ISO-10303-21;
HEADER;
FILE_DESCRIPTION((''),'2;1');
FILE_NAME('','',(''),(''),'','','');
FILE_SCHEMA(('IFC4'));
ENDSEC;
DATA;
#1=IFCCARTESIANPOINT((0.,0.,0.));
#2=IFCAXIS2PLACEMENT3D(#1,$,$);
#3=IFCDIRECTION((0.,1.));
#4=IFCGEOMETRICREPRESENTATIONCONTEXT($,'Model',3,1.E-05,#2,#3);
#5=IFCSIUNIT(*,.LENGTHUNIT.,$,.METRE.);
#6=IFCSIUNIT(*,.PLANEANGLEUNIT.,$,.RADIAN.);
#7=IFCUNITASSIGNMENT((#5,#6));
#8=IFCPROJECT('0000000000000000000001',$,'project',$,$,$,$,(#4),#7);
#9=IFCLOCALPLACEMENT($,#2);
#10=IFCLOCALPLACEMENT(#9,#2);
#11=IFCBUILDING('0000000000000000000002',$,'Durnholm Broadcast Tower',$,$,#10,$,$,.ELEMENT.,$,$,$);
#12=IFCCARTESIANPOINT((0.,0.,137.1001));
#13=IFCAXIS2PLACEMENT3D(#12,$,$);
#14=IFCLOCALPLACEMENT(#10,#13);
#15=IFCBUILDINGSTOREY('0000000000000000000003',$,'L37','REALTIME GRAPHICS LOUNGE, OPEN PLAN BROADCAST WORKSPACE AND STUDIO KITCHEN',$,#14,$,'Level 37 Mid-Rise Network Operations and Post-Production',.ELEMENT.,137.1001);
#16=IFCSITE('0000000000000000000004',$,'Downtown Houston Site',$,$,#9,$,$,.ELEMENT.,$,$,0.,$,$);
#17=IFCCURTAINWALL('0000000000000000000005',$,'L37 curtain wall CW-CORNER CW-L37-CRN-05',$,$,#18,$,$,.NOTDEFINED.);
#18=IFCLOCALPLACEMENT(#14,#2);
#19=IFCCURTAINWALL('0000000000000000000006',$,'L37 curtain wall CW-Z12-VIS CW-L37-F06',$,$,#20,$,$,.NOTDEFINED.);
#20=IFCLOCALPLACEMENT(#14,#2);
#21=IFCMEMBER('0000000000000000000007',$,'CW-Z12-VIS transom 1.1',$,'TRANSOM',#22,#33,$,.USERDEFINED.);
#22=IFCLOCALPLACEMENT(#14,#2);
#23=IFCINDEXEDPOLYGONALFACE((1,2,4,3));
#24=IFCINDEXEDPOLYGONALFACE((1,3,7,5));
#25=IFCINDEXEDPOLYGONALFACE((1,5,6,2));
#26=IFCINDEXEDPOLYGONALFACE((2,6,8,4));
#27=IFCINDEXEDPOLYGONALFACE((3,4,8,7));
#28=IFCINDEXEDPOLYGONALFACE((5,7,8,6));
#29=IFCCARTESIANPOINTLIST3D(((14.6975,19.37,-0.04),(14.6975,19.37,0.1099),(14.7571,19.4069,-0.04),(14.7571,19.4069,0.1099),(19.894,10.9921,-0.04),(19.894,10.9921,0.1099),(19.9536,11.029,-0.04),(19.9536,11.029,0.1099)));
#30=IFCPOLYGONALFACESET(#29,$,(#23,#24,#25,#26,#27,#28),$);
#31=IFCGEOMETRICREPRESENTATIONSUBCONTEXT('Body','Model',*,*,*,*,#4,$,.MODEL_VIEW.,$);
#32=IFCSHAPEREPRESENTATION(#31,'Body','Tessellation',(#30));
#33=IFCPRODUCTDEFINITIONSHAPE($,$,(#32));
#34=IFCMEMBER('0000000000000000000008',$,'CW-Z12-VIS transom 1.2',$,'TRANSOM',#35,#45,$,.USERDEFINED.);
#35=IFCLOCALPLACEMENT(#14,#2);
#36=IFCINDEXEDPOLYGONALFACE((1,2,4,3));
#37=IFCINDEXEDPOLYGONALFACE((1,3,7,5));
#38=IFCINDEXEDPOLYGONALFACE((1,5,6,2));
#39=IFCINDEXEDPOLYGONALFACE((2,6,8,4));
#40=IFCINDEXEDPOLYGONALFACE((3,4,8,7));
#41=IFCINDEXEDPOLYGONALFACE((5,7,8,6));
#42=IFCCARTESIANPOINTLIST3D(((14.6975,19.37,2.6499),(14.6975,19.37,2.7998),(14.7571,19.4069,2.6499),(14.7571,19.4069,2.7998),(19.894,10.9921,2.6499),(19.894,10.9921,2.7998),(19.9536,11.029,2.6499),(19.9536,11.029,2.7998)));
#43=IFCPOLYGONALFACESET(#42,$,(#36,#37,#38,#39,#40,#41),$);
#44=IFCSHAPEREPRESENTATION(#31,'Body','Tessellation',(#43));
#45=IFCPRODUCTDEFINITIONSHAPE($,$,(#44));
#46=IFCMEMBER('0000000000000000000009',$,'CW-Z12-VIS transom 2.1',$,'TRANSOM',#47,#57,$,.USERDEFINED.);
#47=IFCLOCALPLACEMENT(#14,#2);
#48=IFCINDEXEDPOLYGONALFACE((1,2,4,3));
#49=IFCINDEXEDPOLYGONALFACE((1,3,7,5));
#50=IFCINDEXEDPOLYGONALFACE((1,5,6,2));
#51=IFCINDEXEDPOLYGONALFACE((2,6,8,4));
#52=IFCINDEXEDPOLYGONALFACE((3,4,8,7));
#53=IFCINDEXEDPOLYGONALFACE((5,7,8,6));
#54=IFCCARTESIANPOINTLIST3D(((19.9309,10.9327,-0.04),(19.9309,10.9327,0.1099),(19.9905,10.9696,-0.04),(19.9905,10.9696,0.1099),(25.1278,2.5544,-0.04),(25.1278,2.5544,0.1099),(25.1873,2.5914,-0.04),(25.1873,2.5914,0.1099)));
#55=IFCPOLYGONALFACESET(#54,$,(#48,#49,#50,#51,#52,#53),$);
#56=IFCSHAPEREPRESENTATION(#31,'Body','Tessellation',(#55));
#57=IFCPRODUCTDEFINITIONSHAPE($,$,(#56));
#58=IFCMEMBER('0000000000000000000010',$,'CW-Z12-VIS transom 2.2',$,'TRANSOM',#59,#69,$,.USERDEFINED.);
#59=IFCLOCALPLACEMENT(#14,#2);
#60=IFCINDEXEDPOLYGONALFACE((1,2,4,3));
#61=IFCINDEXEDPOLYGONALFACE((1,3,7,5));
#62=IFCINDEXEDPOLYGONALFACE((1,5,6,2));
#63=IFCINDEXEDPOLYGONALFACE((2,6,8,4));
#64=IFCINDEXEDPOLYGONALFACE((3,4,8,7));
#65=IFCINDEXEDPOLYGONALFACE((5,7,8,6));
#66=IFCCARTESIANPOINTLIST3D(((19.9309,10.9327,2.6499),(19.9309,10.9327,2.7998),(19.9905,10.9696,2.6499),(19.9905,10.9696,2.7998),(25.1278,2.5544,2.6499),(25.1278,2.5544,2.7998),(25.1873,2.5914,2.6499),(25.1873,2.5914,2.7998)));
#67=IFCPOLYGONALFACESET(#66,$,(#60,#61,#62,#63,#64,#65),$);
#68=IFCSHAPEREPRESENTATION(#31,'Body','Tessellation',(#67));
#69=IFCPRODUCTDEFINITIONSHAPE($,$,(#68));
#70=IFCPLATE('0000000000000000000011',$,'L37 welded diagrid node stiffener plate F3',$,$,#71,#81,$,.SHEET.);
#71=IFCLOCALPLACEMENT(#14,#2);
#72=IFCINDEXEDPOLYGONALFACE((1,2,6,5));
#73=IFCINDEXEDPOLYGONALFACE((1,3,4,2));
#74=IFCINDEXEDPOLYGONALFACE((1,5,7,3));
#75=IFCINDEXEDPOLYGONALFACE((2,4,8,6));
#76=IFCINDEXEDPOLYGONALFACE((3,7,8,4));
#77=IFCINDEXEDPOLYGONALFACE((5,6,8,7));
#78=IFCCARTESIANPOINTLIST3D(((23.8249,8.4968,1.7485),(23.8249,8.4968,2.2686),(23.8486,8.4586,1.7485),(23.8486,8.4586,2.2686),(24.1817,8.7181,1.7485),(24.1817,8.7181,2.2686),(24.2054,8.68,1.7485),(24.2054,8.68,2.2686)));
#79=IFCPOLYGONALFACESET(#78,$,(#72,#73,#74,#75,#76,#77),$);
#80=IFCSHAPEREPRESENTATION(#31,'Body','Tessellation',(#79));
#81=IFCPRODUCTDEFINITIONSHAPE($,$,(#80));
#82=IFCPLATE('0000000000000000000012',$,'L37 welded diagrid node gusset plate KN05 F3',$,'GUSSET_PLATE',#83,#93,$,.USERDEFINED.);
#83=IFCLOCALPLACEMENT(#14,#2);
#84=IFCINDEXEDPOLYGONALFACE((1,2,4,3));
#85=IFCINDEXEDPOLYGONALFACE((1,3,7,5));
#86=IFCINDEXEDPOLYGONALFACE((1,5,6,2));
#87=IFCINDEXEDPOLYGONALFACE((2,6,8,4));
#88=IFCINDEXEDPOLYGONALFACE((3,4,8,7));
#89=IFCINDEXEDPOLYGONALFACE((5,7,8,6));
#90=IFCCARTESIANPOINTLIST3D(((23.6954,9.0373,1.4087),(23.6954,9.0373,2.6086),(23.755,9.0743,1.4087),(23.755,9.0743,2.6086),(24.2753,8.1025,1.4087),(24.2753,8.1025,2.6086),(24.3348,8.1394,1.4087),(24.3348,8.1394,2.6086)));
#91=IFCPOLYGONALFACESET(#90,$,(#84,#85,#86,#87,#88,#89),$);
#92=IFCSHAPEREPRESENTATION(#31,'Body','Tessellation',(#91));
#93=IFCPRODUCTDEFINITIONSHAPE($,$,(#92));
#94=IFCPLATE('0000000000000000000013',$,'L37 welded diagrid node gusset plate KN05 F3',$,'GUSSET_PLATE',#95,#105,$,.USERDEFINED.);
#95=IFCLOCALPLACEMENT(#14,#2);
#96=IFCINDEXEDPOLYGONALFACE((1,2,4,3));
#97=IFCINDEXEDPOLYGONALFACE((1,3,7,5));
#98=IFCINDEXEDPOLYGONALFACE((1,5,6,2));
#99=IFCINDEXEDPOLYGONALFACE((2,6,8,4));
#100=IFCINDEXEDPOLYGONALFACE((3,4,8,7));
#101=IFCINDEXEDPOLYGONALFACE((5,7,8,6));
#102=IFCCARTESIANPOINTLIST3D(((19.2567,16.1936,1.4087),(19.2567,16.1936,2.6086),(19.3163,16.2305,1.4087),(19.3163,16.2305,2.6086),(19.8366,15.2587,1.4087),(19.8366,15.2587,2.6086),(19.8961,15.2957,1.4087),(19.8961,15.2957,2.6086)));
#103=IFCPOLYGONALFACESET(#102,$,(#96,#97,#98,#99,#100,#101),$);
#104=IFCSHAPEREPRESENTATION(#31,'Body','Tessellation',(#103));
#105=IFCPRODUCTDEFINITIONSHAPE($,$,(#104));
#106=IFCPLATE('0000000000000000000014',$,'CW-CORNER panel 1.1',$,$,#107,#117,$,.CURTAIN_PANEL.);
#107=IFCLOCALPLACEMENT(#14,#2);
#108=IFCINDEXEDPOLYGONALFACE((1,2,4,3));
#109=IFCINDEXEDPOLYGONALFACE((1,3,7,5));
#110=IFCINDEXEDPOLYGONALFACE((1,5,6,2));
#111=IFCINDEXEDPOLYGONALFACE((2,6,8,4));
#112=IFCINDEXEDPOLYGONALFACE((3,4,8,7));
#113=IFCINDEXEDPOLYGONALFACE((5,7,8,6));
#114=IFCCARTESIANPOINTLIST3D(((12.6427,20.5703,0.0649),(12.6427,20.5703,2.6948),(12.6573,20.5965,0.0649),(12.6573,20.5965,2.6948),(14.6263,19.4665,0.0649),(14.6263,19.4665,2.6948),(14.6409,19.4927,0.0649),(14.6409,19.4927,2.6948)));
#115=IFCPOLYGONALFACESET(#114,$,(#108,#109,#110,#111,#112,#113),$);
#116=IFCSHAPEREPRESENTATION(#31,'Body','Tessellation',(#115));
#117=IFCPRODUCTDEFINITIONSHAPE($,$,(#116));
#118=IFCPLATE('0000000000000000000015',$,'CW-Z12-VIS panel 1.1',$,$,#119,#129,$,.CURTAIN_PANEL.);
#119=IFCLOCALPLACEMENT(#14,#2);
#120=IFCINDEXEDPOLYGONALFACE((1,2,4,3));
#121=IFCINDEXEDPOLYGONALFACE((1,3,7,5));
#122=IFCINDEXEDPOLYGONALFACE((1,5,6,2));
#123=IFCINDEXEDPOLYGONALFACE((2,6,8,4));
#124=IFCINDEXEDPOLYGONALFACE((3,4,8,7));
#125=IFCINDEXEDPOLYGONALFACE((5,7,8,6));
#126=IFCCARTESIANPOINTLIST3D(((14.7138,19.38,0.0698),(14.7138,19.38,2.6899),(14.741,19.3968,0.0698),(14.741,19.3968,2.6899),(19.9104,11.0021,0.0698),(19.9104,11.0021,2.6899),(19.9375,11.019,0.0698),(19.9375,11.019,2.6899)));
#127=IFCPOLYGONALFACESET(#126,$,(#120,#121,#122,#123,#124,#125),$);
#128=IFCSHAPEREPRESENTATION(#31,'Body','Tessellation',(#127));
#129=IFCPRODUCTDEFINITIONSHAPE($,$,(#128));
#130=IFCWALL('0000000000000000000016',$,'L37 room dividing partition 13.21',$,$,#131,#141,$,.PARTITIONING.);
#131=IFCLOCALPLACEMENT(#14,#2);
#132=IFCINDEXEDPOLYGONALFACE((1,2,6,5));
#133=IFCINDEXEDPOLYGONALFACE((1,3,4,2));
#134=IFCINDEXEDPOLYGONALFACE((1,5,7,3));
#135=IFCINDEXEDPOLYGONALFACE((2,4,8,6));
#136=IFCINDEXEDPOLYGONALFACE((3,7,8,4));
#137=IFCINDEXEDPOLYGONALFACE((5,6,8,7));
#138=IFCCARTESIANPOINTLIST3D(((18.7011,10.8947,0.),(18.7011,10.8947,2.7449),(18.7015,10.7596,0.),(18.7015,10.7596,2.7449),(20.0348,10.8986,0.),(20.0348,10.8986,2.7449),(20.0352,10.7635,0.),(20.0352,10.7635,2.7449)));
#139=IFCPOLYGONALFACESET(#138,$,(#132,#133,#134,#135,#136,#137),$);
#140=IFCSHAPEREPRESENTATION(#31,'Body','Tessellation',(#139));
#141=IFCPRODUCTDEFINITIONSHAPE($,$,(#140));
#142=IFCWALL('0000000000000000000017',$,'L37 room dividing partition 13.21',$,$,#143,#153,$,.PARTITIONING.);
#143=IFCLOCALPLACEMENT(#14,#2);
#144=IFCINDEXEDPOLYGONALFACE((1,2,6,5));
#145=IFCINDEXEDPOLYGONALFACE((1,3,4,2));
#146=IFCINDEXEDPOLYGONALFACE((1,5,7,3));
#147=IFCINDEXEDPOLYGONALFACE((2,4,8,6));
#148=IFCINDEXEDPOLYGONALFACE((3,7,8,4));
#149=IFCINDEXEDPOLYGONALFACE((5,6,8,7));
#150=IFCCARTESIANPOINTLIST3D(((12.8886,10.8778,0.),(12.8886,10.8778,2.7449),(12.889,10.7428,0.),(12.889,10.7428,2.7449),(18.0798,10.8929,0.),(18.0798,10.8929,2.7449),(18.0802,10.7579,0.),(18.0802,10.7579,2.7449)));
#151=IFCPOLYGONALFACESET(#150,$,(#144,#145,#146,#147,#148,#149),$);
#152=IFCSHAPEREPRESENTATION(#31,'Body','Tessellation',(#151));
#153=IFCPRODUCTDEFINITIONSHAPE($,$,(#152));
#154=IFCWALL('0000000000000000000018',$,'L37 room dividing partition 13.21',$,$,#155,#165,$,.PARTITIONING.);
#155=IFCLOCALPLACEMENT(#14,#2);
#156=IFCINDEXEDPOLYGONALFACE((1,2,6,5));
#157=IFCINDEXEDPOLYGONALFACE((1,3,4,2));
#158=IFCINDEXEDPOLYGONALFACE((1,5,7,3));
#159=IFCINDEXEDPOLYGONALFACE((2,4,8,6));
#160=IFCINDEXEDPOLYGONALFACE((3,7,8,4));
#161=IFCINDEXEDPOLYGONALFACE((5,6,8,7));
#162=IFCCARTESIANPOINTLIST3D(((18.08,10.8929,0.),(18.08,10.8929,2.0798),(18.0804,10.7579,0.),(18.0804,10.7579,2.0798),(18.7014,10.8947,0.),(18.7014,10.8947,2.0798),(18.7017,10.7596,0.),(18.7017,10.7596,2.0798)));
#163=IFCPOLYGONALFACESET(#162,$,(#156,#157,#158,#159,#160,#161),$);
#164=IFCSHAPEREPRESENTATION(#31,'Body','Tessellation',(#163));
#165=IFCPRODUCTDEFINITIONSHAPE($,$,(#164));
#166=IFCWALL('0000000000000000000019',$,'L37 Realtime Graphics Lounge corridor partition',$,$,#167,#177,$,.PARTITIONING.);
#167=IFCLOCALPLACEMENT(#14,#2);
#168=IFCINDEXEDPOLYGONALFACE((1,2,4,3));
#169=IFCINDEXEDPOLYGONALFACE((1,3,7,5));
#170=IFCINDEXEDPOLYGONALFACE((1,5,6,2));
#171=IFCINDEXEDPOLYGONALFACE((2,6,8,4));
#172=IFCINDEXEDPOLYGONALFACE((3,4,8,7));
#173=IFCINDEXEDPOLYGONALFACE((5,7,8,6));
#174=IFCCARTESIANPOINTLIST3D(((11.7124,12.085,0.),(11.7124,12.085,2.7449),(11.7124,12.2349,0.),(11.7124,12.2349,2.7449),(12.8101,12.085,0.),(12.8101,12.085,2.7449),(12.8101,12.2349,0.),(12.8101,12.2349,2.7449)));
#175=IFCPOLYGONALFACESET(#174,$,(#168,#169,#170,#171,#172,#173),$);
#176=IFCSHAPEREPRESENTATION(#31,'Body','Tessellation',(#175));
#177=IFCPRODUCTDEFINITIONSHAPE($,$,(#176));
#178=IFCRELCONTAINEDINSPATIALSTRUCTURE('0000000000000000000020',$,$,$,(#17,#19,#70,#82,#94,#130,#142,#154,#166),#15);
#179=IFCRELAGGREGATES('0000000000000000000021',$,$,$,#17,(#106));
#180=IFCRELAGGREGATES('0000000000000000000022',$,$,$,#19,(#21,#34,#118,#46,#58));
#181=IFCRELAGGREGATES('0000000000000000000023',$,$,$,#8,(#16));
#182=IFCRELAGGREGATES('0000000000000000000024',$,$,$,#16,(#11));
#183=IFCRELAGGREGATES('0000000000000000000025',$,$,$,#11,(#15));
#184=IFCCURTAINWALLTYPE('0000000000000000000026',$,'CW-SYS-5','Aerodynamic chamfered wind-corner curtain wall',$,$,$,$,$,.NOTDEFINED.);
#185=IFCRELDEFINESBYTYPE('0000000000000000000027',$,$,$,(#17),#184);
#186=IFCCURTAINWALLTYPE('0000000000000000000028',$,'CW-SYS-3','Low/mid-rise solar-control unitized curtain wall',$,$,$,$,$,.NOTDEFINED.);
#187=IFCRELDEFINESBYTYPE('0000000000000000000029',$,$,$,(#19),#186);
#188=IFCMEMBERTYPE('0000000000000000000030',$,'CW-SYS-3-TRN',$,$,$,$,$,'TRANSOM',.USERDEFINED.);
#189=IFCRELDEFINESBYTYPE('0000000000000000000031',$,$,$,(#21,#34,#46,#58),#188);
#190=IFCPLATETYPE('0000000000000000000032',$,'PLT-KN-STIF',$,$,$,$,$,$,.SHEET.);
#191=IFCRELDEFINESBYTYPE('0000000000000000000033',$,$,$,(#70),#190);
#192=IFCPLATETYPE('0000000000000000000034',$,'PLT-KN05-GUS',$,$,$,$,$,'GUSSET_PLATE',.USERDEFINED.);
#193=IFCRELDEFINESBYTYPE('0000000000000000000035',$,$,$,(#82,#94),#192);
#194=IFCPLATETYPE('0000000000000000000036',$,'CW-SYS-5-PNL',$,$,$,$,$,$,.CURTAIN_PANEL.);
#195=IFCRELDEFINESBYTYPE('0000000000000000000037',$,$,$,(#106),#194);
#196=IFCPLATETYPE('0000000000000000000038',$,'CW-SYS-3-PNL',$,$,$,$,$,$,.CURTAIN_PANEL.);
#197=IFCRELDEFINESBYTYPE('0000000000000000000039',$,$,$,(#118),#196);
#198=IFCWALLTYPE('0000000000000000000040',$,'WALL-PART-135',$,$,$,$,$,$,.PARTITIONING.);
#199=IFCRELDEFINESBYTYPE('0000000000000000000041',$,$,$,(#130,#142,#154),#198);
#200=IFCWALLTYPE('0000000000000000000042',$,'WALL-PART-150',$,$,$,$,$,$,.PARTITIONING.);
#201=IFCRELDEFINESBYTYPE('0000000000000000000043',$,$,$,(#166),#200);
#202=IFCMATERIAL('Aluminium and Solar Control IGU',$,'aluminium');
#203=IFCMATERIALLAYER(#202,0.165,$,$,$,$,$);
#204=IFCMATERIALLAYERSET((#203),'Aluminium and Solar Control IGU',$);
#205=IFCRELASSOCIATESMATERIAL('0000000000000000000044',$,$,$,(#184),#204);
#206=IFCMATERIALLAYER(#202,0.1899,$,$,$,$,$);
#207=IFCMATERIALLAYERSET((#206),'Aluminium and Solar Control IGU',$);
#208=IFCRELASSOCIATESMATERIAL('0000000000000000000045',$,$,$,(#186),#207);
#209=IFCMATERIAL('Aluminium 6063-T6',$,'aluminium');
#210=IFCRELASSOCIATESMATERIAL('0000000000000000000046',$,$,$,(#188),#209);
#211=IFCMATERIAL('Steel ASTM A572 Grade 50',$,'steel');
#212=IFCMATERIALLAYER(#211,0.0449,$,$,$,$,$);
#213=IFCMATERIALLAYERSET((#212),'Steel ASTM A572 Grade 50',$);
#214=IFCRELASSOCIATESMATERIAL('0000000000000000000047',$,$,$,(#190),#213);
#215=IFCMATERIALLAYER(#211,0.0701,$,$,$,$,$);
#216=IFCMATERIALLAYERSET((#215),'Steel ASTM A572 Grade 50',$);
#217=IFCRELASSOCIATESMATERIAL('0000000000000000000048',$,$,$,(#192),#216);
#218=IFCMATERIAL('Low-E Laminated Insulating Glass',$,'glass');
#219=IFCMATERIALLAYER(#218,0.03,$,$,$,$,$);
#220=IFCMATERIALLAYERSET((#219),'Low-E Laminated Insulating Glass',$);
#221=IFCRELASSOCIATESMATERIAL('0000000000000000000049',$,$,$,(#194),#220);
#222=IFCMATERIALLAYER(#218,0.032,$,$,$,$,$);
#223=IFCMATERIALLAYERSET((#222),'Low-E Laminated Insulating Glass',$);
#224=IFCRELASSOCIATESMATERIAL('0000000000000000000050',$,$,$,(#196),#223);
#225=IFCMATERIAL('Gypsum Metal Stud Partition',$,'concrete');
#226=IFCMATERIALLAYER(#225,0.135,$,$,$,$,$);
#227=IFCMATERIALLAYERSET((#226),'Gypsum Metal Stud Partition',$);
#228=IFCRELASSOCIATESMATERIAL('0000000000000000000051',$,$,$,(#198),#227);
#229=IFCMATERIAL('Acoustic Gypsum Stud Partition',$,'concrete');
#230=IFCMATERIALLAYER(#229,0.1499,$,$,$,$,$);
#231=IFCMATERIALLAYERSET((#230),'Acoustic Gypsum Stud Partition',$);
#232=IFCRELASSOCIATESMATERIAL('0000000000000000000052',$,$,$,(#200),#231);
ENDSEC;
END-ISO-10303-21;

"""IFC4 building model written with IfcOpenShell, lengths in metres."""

from ifc_helpers import new_model, si_unit, direction, frame, frame_2d, origin, origin_2d, place, context, subcontext, project, spatial, rectangle, extrude, source, transform, mapped, material, layer, layer_set, material_profile, profile_set, type_object, type_shapes, element, aggregate, save


model = new_model("IFC4")

# Units and contexts
model_context = context("Model", 3, precision=1e-05, world=origin(), true_north=direction((0.0, 1.0)))
body_context = subcontext(model_context, "Body", "Model", "MODEL_VIEW")
ifc_project = project(units=[si_unit("LENGTHUNIT", "METRE"), si_unit("PLANEANGLEUNIT", "RADIAN")], contexts=[model_context])

# Site, building, storey
site_placement = place(None, origin())
site = spatial("IfcSite", under=ifc_project, at=site_placement, Name="Downtown Houston Site", CompositionType="ELEMENT", RefElevation=0.0)
building_placement = place(site_placement, origin())
building = spatial("IfcBuilding", under=site, at=building_placement, Name="Durnholm Broadcast Tower", CompositionType="ELEMENT")
storey_placement = place(building_placement, frame((0.0, 0.0, 137.1001)))
storey = spatial("IfcBuildingStorey", under=building, at=storey_placement, Name="L37", Description="REALTIME GRAPHICS LOUNGE, OPEN PLAN BROADCAST WORKSPACE AND STUDIO KITCHEN", LongName="Level 37 Mid-Rise Network Operations and Post-Production", CompositionType="ELEMENT", Elevation=137.1001)

# Curtain wall
ifc_material_1 = material(Name="Aluminium and Solar Control IGU", Category="aluminium")
ifc_layer_1 = layer(ifc_material_1, 0.165)
ifc_layer_set_1 = layer_set([ifc_layer_1], Name="Aluminium and Solar Control IGU")
curtain_wall_type_1 = type_object("IfcCurtainWallType", Name="CW-SYS-5", Description="Aerodynamic chamfered wind-corner curtain wall", PredefinedType="NOTDEFINED", material=ifc_layer_set_1)
curtain_wall_1_placement = place(storey_placement, origin())
curtain_wall_1 = element("IfcCurtainWall", 1, at=curtain_wall_1_placement, inside=storey, type_object=curtain_wall_type_1, Name="L37 curtain wall CW-CORNER CW-L37-CRN-05", PredefinedType="NOTDEFINED")
ifc_material_2 = material(Name="Aluminium 6063-T6", Category="aluminium")

# Curtain wall, members
ifc_layer_2 = layer(ifc_material_1, 0.1899)
ifc_layer_set_2 = layer_set([ifc_layer_2], Name="Aluminium and Solar Control IGU")
curtain_wall_type_2 = type_object("IfcCurtainWallType", Name="CW-SYS-3", Description="Low/mid-rise solar-control unitized curtain wall", PredefinedType="NOTDEFINED", material=ifc_layer_set_2)
curtain_wall_2_placement = place(storey_placement, origin())
curtain_wall_2 = element("IfcCurtainWall", 2, at=curtain_wall_2_placement, inside=storey, type_object=curtain_wall_type_2, Name="L37 curtain wall CW-Z12-VIS CW-L37-F06", PredefinedType="NOTDEFINED")
ifc_material_profile_1 = material_profile(ifc_material_2, rectangle(XDim=0.0701, YDim=0.1499, at=origin_2d()), Name="CWT70X150")
ifc_profile_set_1 = profile_set([ifc_material_profile_1], Name="Aluminium 6063-T6")
member_type_1 = type_object("IfcMemberType", Name="CW-SYS-3-TRN", ElementType="TRANSOM", PredefinedType="USERDEFINED", material=ifc_profile_set_1)
shared_shape_1 = source(origin(), body_context, "Body", "SweptSolid", [
    extrude(rectangle(XDim=0.0701, YDim=0.1499, at=origin_2d()), origin(), (0.0, 0.0, 1.0), 9.8586),
])
member_1_placement = place(storey_placement, frame((14.7273, 19.3884, 0.0349), z_axis=(0.527102, -0.849802, 0.0), x_axis=(0.849802, 0.527102, 0.0)))
member_1 = element("IfcMember", 3, at=member_1_placement, type_object=member_type_1, Name="CW-Z12-VIS transom 1.1", ObjectType="TRANSOM", PredefinedType="USERDEFINED", context=body_context, shape_type="MappedRepresentation", body=[
    mapped(shared_shape_1, transform((0.0, 0.0, 0.0), x_axis=(1.0, 0.0, 0.0), y_axis=(0.0, 1.0, 0.0), z_axis=(0.0, 0.0, 1.0), scale=1.0)),
])
member_2_placement = place(storey_placement, frame((14.7273, 19.3884, 2.7249), z_axis=(0.527102, -0.849802, 0.0), x_axis=(0.849802, 0.527102, 0.0)))
member_2 = element("IfcMember", 4, at=member_2_placement, type_object=member_type_1, Name="CW-Z12-VIS transom 1.2", ObjectType="TRANSOM", PredefinedType="USERDEFINED", context=body_context, shape_type="MappedRepresentation", body=[
    mapped(shared_shape_1, transform((0.0, 0.0, 0.0), x_axis=(1.0, 0.0, 0.0), y_axis=(0.0, 1.0, 0.0), z_axis=(0.0, 0.0, 1.0), scale=1.0)),
])
shared_shape_2 = source(origin(), body_context, "Body", "SweptSolid", [
    extrude(rectangle(XDim=0.0701, YDim=0.1499, at=origin_2d()), origin(), (0.0, 0.0, 1.0), 9.8591),
])
type_shapes(member_type_1, [shared_shape_1, shared_shape_2])
member_3_placement = place(storey_placement, frame((19.9607, 10.9512, 0.0349), z_axis=(0.527109, -0.849798, 0.0), x_axis=(0.849798, 0.527109, 0.0)))
member_3 = element("IfcMember", 5, at=member_3_placement, type_object=member_type_1, Name="CW-Z12-VIS transom 2.1", ObjectType="TRANSOM", PredefinedType="USERDEFINED", context=body_context, shape_type="MappedRepresentation", body=[
    mapped(shared_shape_2, transform((0.0, 0.0, 0.0), x_axis=(1.0, 0.0, 0.0), y_axis=(0.0, 1.0, 0.0), z_axis=(0.0, 0.0, 1.0), scale=1.0)),
])
member_4_placement = place(storey_placement, frame((19.9607, 10.9512, 2.7249), z_axis=(0.527109, -0.849798, 0.0), x_axis=(0.849798, 0.527109, 0.0)))
member_4 = element("IfcMember", 6, at=member_4_placement, type_object=member_type_1, Name="CW-Z12-VIS transom 2.2", ObjectType="TRANSOM", PredefinedType="USERDEFINED", context=body_context, shape_type="MappedRepresentation", body=[
    mapped(shared_shape_2, transform((0.0, 0.0, 0.0), x_axis=(1.0, 0.0, 0.0), y_axis=(0.0, 1.0, 0.0), z_axis=(0.0, 0.0, 1.0), scale=1.0)),
])

# Plates
ifc_material_3 = material(Name="Steel ASTM A572 Grade 50", Category="steel")
ifc_layer_3 = layer(ifc_material_3, 0.0449)
ifc_layer_set_3 = layer_set([ifc_layer_3], Name="Steel ASTM A572 Grade 50")
plate_type_1 = type_object("IfcPlateType", Name="PLT-KN-STIF", PredefinedType="SHEET", material=ifc_layer_set_3)
shared_shape_3 = source(origin(), body_context, "Body", "SweptSolid", [
    extrude(rectangle(XDim=0.0449, YDim=0.4199, at=origin_2d()), origin(), (0.0, 0.0, 1.0), 0.52),
])
type_shapes(plate_type_1, [shared_shape_3])
plate_1_placement = place(storey_placement, frame((24.0151, 8.5884, 1.7485), z_axis=(0.0, 0.0, 1.0), x_axis=(-0.527104, 0.849801, 0.0)))
element("IfcPlate", 7, at=plate_1_placement, inside=storey, type_object=plate_type_1, Name="L37 welded diagrid node stiffener plate F3", PredefinedType="SHEET", context=body_context, shape_type="MappedRepresentation", body=[
    mapped(shared_shape_3, transform((0.0, 0.0, 0.0), x_axis=(1.0, 0.0, 0.0), y_axis=(0.0, 1.0, 0.0), z_axis=(0.0, 0.0, 1.0), scale=1.0)),
])
ifc_layer_4 = layer(ifc_material_3, 0.0701)
ifc_layer_set_4 = layer_set([ifc_layer_4], Name="Steel ASTM A572 Grade 50")
plate_type_2 = type_object("IfcPlateType", Name="PLT-KN05-GUS", ElementType="GUSSET_PLATE", PredefinedType="USERDEFINED", material=ifc_layer_set_4)
shared_shape_4 = source(origin(), body_context, "Body", "SweptSolid", [
    extrude(rectangle(XDim=1.1001, YDim=0.0701, at=origin_2d()), origin(), (0.0, 0.0, 1.0), 1.2),
])
type_shapes(plate_type_2, [shared_shape_4])
for number, where, z_axis, x_axis, name in (
    (8, (24.0151, 8.5884, 1.4087), (0.0, 0.0, 1.0), (-0.527104, 0.849801, 0.0), "L37 welded diagrid node gusset plate KN05 F3"),
    (9, (19.5764, 15.7446, 1.4087), (0.0, 0.0, 1.0), (-0.527104, 0.849801, 0.0), "L37 welded diagrid node gusset plate KN05 F3"),
):
    element("IfcPlate", number, at=place(storey_placement, frame(where, z_axis=z_axis, x_axis=x_axis)), inside=storey, type_object=plate_type_2, Name=name, ObjectType="GUSSET_PLATE", PredefinedType="USERDEFINED", context=body_context, shape_type="MappedRepresentation", body=[
        mapped(shared_shape_4, transform((0.0, 0.0, 0.0), x_axis=(1.0, 0.0, 0.0), y_axis=(0.0, 1.0, 0.0), z_axis=(0.0, 0.0, 1.0), scale=1.0)),
    ])

# Plates
ifc_material_4 = material(Name="Low-E Laminated Insulating Glass", Category="glass")
ifc_layer_5 = layer(ifc_material_4, 0.03)
ifc_layer_set_5 = layer_set([ifc_layer_5], Name="Low-E Laminated Insulating Glass")
plate_type_3 = type_object("IfcPlateType", Name="CW-SYS-5-PNL", PredefinedType="CURTAIN_PANEL", material=ifc_layer_set_5)
shared_shape_5 = source(origin(), body_context, "Body", "SweptSolid", [
    extrude(rectangle(XDim=2.27, YDim=0.03, at=origin_2d()), origin(), (0.0, 0.0, 1.0), 2.6299),
])
type_shapes(plate_type_3, [shared_shape_5])
plate_2_placement = place(storey_placement, frame((13.6418, 20.0315, 0.0649), z_axis=(0.0, 0.0, 1.0), x_axis=(0.873823, -0.486244, 0.0)))
plate_2 = element("IfcPlate", 10, at=plate_2_placement, type_object=plate_type_3, Name="CW-CORNER panel 1.1", PredefinedType="CURTAIN_PANEL", context=body_context, shape_type="MappedRepresentation", body=[
    mapped(shared_shape_5, transform((0.0, 0.0, 0.0), x_axis=(1.0, 0.0, 0.0), y_axis=(0.0, 1.0, 0.0), z_axis=(0.0, 0.0, 1.0), scale=1.0)),
])
aggregate(curtain_wall_1, [plate_2])
ifc_layer_6 = layer(ifc_material_4, 0.032)
ifc_layer_set_6 = layer_set([ifc_layer_6], Name="Low-E Laminated Insulating Glass")
plate_type_4 = type_object("IfcPlateType", Name="CW-SYS-3-PNL", PredefinedType="CURTAIN_PANEL", material=ifc_layer_set_6)
shared_shape_6 = source(origin(), body_context, "Body", "SweptSolid", [
    extrude(rectangle(XDim=9.8586, YDim=0.032, at=origin_2d()), origin(), (0.0, 0.0, 1.0), 2.6201),
])
type_shapes(plate_type_4, [shared_shape_6])
plate_3_placement = place(storey_placement, frame((17.3257, 15.1995, 0.0698), z_axis=(0.0, 0.0, 1.0), x_axis=(0.527105, -0.8498, 0.0)))
plate_3 = element("IfcPlate", 11, at=plate_3_placement, type_object=plate_type_4, Name="CW-Z12-VIS panel 1.1", PredefinedType="CURTAIN_PANEL", context=body_context, shape_type="MappedRepresentation", body=[
    mapped(shared_shape_6, transform((0.0, 0.0, 0.0), x_axis=(1.0, 0.0, 0.0), y_axis=(0.0, 1.0, 0.0), z_axis=(0.0, 0.0, 1.0), scale=1.0)),
])
aggregate(curtain_wall_2, [member_1, member_2, plate_3, member_3, member_4])

# Walls
ifc_material_5 = material(Name="Gypsum Metal Stud Partition", Category="concrete")
ifc_layer_7 = layer(ifc_material_5, 0.135)
ifc_layer_set_7 = layer_set([ifc_layer_7], Name="Gypsum Metal Stud Partition")
wall_type_1 = type_object("IfcWallType", Name="WALL-PART-135", PredefinedType="PARTITIONING", material=ifc_layer_set_7)
wall_1_placement = place(storey_placement, frame((20.0352, 10.8311, 0.0), z_axis=(0.0, 0.0, 1.0), x_axis=(-0.999996, -0.002929, 0.0)))
element("IfcWall", 12, at=wall_1_placement, inside=storey, type_object=wall_type_1, Name="L37 room dividing partition 13.21", PredefinedType="PARTITIONING", context=body_context, shape_type="SweptSolid", body=[
    extrude(rectangle(XDim=1.3337, YDim=0.135, at=frame_2d((0.667, 0.0))), origin(), (0.0, 0.0, 1.0), 2.7449),
])
wall_2_placement = place(storey_placement, frame((18.0801, 10.8254, 0.0), z_axis=(0.0, 0.0, 1.0), x_axis=(-0.999996, -0.002916, 0.0)))
element("IfcWall", 13, at=wall_2_placement, inside=storey, type_object=wall_type_1, Name="L37 room dividing partition 13.21", PredefinedType="PARTITIONING", context=body_context, shape_type="SweptSolid", body=[
    extrude(rectangle(XDim=5.1912, YDim=0.135, at=frame_2d((2.5957, 0.0))), origin(), (0.0, 0.0, 1.0), 2.7449),
])
wall_3_placement = place(storey_placement, frame((18.7014, 10.8271, 0.0), z_axis=(0.0, 0.0, 1.0), x_axis=(-0.999996, -0.00275, 0.0)))
element("IfcWall", 14, at=wall_3_placement, inside=storey, type_object=wall_type_1, Name="L37 room dividing partition 13.21", PredefinedType="PARTITIONING", context=body_context, shape_type="SweptSolid", body=[
    extrude(rectangle(XDim=0.6213, YDim=0.135, at=frame_2d((0.3105, 0.0))), origin(), (0.0, 0.0, 1.0), 2.0798),
])
ifc_material_6 = material(Name="Acoustic Gypsum Stud Partition", Category="concrete")
ifc_layer_8 = layer(ifc_material_6, 0.1499)
ifc_layer_set_8 = layer_set([ifc_layer_8], Name="Acoustic Gypsum Stud Partition")
wall_type_2 = type_object("IfcWallType", Name="WALL-PART-150", PredefinedType="PARTITIONING", material=ifc_layer_set_8)
wall_4_placement = place(storey_placement, frame((12.8101, 12.1599, 0.0), z_axis=(0.0, 0.0, 1.0), x_axis=(-1.0, 0.0, 0.0)))
element("IfcWall", 15, at=wall_4_placement, inside=storey, type_object=wall_type_2, Name="L37 Realtime Graphics Lounge corridor partition", PredefinedType="PARTITIONING", context=body_context, shape_type="SweptSolid", body=[
    extrude(rectangle(XDim=1.0977, YDim=0.1499, at=frame_2d((0.5488, 0.0))), origin(), (0.0, 0.0, 1.0), 2.7449),
])

save(model, "model.ifc")
